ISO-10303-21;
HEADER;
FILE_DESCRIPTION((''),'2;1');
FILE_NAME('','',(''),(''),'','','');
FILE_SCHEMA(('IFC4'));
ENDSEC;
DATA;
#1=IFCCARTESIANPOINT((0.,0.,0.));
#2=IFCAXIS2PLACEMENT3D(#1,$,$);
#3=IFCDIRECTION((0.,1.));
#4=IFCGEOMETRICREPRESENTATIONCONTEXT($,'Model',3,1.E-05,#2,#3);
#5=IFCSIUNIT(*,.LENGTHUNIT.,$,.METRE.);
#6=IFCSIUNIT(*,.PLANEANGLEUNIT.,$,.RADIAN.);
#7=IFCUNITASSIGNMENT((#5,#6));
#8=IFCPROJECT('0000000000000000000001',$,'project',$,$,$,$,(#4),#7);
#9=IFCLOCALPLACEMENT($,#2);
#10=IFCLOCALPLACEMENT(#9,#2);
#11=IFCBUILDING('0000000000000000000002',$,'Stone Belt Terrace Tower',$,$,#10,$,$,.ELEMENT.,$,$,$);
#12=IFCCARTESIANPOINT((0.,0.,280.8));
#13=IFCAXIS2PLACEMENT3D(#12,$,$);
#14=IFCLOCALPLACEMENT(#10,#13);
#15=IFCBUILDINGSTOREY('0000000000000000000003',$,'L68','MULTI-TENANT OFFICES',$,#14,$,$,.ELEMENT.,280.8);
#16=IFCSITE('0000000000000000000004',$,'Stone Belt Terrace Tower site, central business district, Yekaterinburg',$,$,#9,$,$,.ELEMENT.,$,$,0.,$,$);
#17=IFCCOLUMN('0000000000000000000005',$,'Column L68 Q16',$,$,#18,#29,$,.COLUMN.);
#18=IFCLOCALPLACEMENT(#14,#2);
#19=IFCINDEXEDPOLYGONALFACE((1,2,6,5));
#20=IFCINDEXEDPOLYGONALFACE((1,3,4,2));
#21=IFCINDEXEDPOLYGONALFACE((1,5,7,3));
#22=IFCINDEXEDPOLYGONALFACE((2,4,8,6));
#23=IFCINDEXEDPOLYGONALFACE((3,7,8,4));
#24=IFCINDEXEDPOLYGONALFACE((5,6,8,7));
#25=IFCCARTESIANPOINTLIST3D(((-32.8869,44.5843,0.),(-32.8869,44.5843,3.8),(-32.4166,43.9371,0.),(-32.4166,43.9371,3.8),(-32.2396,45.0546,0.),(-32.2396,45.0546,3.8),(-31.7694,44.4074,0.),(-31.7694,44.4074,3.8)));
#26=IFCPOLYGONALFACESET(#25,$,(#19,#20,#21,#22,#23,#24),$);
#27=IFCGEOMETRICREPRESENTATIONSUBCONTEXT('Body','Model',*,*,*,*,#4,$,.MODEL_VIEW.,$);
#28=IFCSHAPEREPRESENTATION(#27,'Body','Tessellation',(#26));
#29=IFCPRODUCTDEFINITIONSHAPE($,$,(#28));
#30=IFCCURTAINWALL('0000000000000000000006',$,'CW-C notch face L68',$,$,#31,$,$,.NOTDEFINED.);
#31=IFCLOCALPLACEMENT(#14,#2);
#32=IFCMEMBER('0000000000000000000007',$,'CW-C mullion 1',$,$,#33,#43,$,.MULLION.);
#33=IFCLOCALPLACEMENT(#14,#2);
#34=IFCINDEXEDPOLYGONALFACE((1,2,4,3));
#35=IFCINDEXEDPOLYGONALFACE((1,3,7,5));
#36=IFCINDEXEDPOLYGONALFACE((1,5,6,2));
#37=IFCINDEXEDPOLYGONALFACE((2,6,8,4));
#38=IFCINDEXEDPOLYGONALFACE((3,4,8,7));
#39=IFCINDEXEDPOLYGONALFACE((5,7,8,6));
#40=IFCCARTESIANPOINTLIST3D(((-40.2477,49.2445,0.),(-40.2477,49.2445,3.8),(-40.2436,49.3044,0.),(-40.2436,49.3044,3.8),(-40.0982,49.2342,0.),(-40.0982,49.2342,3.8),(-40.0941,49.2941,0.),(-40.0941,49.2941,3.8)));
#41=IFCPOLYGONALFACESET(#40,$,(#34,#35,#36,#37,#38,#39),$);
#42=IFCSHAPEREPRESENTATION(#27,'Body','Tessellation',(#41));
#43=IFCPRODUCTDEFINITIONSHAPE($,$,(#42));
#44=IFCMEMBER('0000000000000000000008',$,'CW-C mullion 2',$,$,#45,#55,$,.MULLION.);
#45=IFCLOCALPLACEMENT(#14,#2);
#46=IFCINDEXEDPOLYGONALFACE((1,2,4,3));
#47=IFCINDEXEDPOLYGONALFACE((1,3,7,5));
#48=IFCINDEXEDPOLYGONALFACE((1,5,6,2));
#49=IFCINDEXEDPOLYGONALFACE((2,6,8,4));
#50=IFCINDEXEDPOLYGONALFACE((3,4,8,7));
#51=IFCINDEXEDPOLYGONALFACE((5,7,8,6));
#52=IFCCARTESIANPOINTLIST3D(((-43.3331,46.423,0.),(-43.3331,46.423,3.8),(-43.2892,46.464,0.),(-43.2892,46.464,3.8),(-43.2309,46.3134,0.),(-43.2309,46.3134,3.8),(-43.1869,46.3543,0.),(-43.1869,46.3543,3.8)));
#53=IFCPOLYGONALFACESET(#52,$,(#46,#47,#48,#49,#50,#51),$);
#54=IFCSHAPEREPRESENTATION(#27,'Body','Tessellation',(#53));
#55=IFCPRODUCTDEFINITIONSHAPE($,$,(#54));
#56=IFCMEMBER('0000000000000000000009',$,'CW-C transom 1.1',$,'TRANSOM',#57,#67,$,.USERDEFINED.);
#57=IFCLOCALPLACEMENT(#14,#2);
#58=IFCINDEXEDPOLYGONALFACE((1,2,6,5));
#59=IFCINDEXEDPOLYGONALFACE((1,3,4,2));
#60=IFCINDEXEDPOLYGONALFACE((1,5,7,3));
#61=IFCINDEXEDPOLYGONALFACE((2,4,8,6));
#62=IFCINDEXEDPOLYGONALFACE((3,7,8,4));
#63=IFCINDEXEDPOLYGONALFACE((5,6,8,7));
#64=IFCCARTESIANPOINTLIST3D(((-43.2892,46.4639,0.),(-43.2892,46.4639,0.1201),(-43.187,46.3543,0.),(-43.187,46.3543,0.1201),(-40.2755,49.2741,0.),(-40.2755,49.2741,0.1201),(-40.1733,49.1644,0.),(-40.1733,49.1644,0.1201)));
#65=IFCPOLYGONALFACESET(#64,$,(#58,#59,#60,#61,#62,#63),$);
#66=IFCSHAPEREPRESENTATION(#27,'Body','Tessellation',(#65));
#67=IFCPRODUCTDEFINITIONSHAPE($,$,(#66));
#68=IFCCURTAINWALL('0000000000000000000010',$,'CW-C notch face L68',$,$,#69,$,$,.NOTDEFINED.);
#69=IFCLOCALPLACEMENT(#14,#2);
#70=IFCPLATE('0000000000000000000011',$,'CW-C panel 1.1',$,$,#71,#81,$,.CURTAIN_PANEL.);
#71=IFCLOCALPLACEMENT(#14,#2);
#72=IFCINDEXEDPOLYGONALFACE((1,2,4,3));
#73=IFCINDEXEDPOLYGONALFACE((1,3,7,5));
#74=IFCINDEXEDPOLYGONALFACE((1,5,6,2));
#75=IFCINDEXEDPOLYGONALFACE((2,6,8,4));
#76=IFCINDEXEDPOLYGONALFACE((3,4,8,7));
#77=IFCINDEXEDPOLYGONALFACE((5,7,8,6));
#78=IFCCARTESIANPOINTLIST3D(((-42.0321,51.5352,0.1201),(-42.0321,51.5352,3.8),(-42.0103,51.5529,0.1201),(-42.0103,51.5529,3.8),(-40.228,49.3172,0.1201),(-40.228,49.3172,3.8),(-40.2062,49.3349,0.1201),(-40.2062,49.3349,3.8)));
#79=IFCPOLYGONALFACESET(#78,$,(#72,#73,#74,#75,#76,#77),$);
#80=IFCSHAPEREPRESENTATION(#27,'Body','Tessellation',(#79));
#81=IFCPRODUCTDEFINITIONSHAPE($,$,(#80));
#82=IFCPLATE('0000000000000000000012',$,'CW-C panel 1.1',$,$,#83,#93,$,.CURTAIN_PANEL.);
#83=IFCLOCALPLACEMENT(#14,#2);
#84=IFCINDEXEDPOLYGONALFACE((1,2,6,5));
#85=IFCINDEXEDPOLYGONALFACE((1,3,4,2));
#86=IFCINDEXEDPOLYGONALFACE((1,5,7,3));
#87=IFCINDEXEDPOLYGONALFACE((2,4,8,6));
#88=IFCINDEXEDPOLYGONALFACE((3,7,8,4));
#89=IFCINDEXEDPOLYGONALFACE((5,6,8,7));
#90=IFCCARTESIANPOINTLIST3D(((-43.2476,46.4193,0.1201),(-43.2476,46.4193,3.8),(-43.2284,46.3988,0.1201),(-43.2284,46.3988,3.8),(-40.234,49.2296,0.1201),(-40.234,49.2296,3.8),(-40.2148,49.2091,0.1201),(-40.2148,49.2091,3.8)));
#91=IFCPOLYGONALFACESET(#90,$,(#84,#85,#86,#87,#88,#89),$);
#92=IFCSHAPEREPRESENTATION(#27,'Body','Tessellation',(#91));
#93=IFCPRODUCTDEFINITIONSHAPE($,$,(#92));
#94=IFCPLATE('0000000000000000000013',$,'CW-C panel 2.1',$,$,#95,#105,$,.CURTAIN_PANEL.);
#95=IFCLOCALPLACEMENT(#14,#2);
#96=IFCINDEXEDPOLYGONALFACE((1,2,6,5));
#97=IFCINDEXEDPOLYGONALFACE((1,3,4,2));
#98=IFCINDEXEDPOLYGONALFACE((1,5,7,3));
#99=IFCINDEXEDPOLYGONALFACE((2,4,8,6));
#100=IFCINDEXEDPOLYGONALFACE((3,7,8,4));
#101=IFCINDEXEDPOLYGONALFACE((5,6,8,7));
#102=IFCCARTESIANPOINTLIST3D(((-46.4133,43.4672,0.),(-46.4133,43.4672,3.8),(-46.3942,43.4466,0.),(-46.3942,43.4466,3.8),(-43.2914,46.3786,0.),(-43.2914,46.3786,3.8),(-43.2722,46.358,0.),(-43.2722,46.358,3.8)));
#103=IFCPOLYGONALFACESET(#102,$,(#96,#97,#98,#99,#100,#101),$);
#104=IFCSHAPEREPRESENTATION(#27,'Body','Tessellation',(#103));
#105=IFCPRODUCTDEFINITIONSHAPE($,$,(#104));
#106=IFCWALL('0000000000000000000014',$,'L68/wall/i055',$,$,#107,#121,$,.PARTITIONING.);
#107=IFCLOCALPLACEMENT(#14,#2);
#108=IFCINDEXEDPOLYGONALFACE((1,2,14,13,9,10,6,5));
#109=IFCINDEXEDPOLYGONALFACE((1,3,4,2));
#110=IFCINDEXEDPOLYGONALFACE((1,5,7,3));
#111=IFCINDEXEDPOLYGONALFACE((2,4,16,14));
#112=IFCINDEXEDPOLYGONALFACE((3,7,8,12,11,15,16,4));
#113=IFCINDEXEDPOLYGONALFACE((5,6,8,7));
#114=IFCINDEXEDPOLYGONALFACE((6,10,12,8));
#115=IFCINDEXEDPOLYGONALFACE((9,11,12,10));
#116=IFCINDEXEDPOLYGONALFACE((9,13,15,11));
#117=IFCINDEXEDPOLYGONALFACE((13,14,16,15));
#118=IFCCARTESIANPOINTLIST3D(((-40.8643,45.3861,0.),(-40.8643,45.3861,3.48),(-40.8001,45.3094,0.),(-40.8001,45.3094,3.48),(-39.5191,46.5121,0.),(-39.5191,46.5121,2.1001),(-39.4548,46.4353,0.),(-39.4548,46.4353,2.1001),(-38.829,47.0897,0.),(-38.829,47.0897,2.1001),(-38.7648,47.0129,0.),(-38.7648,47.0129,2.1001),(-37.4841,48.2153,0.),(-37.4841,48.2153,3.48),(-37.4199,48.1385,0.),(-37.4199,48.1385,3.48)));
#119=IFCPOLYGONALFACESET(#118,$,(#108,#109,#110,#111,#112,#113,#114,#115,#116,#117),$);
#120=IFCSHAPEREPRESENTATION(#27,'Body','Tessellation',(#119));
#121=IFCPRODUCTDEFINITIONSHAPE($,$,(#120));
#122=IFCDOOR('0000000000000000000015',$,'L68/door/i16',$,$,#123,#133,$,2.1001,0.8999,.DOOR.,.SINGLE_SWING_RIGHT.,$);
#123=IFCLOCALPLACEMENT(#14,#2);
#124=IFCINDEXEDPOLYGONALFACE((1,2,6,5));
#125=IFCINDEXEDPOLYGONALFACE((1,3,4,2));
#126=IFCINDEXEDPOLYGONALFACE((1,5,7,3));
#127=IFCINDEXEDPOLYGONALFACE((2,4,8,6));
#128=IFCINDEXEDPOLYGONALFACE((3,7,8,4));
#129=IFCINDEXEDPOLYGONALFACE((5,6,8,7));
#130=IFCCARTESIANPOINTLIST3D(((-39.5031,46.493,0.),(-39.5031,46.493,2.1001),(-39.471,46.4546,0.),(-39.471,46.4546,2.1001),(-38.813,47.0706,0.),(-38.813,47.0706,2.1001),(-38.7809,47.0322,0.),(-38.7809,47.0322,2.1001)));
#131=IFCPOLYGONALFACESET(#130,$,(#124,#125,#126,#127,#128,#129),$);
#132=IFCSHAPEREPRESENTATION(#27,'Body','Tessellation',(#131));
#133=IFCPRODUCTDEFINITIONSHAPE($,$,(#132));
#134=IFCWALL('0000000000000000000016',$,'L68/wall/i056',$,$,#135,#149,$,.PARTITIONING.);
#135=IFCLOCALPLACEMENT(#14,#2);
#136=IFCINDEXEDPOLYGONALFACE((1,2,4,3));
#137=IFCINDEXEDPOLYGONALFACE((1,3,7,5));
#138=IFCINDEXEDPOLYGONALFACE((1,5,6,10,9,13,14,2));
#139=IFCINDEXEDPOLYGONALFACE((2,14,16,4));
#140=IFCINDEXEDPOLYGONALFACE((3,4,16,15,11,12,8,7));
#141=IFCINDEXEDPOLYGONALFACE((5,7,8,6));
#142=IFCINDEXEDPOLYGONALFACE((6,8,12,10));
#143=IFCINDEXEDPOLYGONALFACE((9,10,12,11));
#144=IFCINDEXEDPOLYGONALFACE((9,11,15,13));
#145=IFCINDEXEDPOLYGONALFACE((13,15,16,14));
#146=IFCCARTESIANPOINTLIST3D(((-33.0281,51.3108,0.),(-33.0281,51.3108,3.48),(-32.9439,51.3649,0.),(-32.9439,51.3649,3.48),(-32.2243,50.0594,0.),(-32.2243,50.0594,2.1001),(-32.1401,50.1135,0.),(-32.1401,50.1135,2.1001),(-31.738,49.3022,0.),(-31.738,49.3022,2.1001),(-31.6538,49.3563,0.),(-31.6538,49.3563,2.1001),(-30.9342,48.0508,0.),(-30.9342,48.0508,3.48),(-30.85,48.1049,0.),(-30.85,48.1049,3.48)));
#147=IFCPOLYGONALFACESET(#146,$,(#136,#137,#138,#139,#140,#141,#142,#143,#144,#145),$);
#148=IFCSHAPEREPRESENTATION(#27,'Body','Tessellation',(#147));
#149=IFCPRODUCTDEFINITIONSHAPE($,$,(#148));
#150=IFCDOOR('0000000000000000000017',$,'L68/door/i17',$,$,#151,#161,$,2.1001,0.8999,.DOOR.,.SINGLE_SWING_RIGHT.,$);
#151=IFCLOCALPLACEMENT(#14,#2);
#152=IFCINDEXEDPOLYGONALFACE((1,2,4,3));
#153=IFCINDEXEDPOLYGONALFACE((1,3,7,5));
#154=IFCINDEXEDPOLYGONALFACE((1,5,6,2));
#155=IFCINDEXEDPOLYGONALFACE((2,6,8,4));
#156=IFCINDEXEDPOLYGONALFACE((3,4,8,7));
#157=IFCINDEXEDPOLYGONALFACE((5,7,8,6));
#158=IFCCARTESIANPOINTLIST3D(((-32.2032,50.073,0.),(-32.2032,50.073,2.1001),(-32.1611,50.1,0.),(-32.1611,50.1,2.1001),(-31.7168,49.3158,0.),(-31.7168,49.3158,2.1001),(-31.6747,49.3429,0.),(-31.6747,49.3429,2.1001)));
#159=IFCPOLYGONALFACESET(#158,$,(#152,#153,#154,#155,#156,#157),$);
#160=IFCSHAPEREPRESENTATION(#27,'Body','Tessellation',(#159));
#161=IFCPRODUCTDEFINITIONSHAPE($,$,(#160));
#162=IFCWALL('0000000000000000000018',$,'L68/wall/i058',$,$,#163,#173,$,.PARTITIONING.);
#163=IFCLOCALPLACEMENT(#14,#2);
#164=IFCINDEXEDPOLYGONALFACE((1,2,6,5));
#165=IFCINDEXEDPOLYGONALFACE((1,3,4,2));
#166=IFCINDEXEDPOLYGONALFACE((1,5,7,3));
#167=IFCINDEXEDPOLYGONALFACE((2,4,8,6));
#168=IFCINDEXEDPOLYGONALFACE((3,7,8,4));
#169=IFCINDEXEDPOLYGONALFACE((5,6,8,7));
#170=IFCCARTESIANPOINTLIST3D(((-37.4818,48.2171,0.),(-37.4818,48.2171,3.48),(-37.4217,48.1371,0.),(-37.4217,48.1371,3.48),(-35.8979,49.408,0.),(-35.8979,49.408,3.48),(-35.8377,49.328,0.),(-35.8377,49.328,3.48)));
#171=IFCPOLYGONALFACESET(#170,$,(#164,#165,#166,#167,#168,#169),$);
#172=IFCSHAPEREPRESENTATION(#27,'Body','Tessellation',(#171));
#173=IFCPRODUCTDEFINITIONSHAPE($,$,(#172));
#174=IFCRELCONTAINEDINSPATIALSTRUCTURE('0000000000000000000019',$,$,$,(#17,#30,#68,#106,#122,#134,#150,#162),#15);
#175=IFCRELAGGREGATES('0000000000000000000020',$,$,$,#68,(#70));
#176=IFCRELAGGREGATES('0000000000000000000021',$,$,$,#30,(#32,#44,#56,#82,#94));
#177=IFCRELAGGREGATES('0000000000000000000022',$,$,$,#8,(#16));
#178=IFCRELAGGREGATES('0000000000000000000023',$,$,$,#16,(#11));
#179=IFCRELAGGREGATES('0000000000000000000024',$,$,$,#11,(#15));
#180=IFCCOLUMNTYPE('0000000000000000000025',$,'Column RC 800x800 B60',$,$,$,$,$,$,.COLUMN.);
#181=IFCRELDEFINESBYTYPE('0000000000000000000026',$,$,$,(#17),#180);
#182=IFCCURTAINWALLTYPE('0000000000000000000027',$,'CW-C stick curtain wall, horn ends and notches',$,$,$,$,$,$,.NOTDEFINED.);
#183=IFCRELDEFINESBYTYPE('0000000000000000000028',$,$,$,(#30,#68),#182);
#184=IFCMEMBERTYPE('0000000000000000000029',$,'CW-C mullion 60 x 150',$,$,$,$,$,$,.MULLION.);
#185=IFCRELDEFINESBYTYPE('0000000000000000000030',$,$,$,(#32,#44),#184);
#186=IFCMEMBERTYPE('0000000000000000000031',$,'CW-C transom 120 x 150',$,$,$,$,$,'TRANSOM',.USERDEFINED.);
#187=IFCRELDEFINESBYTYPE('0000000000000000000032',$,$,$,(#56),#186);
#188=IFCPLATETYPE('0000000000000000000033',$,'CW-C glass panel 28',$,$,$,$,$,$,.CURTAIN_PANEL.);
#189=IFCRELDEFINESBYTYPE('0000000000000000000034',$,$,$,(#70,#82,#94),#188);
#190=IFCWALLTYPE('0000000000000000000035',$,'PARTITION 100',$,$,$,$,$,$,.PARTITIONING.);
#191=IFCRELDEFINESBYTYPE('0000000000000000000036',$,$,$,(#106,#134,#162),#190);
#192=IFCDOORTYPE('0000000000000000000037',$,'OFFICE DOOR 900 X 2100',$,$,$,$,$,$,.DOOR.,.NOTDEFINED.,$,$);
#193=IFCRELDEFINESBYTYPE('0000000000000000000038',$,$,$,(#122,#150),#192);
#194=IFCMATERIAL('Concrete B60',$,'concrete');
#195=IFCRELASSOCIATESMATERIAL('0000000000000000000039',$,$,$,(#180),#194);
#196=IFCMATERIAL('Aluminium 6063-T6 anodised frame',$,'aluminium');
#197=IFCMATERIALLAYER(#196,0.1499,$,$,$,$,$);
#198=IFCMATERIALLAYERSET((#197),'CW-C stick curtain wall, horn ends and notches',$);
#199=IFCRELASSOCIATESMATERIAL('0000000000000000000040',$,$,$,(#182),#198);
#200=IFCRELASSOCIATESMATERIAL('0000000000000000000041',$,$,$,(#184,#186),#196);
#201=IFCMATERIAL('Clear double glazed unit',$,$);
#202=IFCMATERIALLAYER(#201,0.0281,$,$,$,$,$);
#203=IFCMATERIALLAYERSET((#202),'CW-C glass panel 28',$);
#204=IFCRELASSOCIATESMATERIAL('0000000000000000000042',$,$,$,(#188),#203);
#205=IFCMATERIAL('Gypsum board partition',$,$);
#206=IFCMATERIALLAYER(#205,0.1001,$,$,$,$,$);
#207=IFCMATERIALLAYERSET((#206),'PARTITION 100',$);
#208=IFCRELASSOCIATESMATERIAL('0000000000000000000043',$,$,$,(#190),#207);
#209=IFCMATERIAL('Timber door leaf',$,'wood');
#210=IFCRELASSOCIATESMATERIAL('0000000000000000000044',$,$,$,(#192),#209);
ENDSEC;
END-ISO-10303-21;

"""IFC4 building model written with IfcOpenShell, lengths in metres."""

from ifc_helpers import new_model, si_unit, direction, frame, frame_2d, origin, origin_2d, place, context, subcontext, project, spatial, rectangle, extrude, material, layer, layer_set, material_profile, profile_set, type_object, element, fill, aggregate, save


model = new_model("IFC4")

# Units and contexts
model_context = context("Model", 3, precision=1e-05, world=origin(), true_north=direction((0.0, 1.0)))
body_context = subcontext(model_context, "Body", "Model", "MODEL_VIEW")
ifc_project = project(units=[si_unit("LENGTHUNIT", "METRE"), si_unit("PLANEANGLEUNIT", "RADIAN")], contexts=[model_context])

# Site, building, storey
site_placement = place(None, origin())
site = spatial("IfcSite", under=ifc_project, at=site_placement, Name="Stone Belt Terrace Tower site, central business district, Yekaterinburg", CompositionType="ELEMENT", RefElevation=0.0)
building_placement = place(site_placement, origin())
building = spatial("IfcBuilding", under=site, at=building_placement, Name="Stone Belt Terrace Tower", CompositionType="ELEMENT")
storey_placement = place(building_placement, frame((0.0, 0.0, 280.8)))
storey = spatial("IfcBuildingStorey", under=building, at=storey_placement, Name="L68", Description="MULTI-TENANT OFFICES", CompositionType="ELEMENT", Elevation=280.8)

# Column
ifc_material_1 = material(Name="Concrete B60", Category="concrete")
ifc_material_profile_1 = material_profile(ifc_material_1, rectangle(XDim=0.8, YDim=0.8, at=origin_2d()), Name="RC 800x800")
ifc_profile_set_1 = profile_set([ifc_material_profile_1], Name="Concrete B60")
column_type = type_object("IfcColumnType", Name="Column RC 800x800 B60", PredefinedType="COLUMN", material=ifc_profile_set_1)
column_placement = place(storey_placement, frame((-32.3281, 44.4958, 0.0), z_axis=(0.0, 0.0, 1.0), x_axis=(0.809017, 0.587785, 0.0)))
element("IfcColumn", 1, at=column_placement, inside=storey, type_object=column_type, Name="Column L68 Q16", PredefinedType="COLUMN", context=body_context, shape_type="SweptSolid", body=[
    extrude(rectangle(XDim=0.8, YDim=0.8, at=origin_2d()), origin(), (0.0, 0.0, 1.0), 3.8),
])

# Curtain wall, members
ifc_material_2 = material(Name="Aluminium 6063-T6 anodised frame", Category="aluminium")
ifc_layer_1 = layer(ifc_material_2, 0.1499)
ifc_layer_set_1 = layer_set([ifc_layer_1], Name="CW-C stick curtain wall, horn ends and notches")
curtain_wall_type = type_object("IfcCurtainWallType", Name="CW-C stick curtain wall, horn ends and notches", PredefinedType="NOTDEFINED", material=ifc_layer_set_1)
curtain_wall_1_placement = place(storey_placement, origin())
curtain_wall_1 = element("IfcCurtainWall", 2, at=curtain_wall_1_placement, inside=storey, type_object=curtain_wall_type, Name="CW-C notch face L68", PredefinedType="NOTDEFINED")
ifc_material_profile_2 = material_profile(ifc_material_2, rectangle(XDim=0.1499, YDim=0.0601, at=origin_2d()), Name="Aluminium 6063-T6 60x150")
ifc_profile_set_2 = profile_set([ifc_material_profile_2], Name="Aluminium 6063-T6 anodised frame")
member_type_1 = type_object("IfcMemberType", Name="CW-C mullion 60 x 150", PredefinedType="MULLION", material=ifc_profile_set_2)
member_1_placement = place(storey_placement, frame((-40.1709, 49.2693, 0.0), z_axis=(0.0, 0.0, 1.0), x_axis=(0.99764, -0.068666, 0.0)))
member_1 = element("IfcMember", 3, at=member_1_placement, type_object=member_type_1, Name="CW-C mullion 1", PredefinedType="MULLION", context=body_context, shape_type="SweptSolid", body=[
    extrude(rectangle(XDim=0.1499, YDim=0.0601, at=origin_2d()), origin(), (0.0, 0.0, 1.0), 3.8),
])
member_2_placement = place(storey_placement, frame((-43.26, 46.3887, 0.0), z_axis=(0.0, 0.0, 1.0), x_axis=(0.682014, -0.731339, 0.0)))
member_2 = element("IfcMember", 4, at=member_2_placement, type_object=member_type_1, Name="CW-C mullion 2", PredefinedType="MULLION", context=body_context, shape_type="SweptSolid", body=[
    extrude(rectangle(XDim=0.1499, YDim=0.0601, at=origin_2d()), origin(), (0.0, 0.0, 1.0), 3.8),
])
ifc_material_profile_3 = material_profile(ifc_material_2, rectangle(XDim=0.1499, YDim=0.1201, at=origin_2d()), Name="Aluminium 6063-T6 150x120")
ifc_profile_set_3 = profile_set([ifc_material_profile_3], Name="Aluminium 6063-T6 anodised frame")
member_type_2 = type_object("IfcMemberType", Name="CW-C transom 120 x 150", ElementType="TRANSOM", PredefinedType="USERDEFINED", material=ifc_profile_set_3)
member_3_placement = place(storey_placement, frame((-40.2244, 49.2192, 0.0601), z_axis=(-0.731382, -0.681968, 0.0), x_axis=(0.681968, -0.731382, 0.0)))
member_3 = element("IfcMember", 5, at=member_3_placement, type_object=member_type_2, Name="CW-C transom 1.1", ObjectType="TRANSOM", PredefinedType="USERDEFINED", context=body_context, shape_type="SweptSolid", body=[
    extrude(rectangle(XDim=0.1499, YDim=0.1201, at=origin_2d()), origin(), (0.0, 0.0, 1.0), 4.1206),
])

# Curtain wall, plate
curtain_wall_2_placement = place(storey_placement, origin())
curtain_wall_2 = element("IfcCurtainWall", 6, at=curtain_wall_2_placement, inside=storey, type_object=curtain_wall_type, Name="CW-C notch face L68", PredefinedType="NOTDEFINED")
ifc_material_3 = material(Name="Clear double glazed unit")
ifc_layer_2 = layer(ifc_material_3, 0.0281)
ifc_layer_set_2 = layer_set([ifc_layer_2], Name="CW-C glass panel 28")
plate_type = type_object("IfcPlateType", Name="CW-C glass panel 28", PredefinedType="CURTAIN_PANEL", material=ifc_layer_set_2)
plate_1_placement = place(storey_placement, frame((-41.1191, 50.4351, 0.1201), z_axis=(0.0, 0.0, 1.0), x_axis=(0.631001, -0.775782, 0.0)))
plate_1 = element("IfcPlate", 7, at=plate_1_placement, type_object=plate_type, Name="CW-C panel 1.1", PredefinedType="CURTAIN_PANEL", context=body_context, shape_type="SweptSolid", body=[
    extrude(rectangle(XDim=2.8591, YDim=0.0281, at=origin_2d()), origin(), (0.0, 0.0, 1.0), 3.6799),
])
aggregate(curtain_wall_2, [plate_1])

# Plates
plate_2_placement = place(storey_placement, frame((-41.7312, 47.8142, 0.1201), z_axis=(0.0, 0.0, 1.0), x_axis=(-0.731339, -0.682014, 0.0)))
plate_2 = element("IfcPlate", 8, at=plate_2_placement, type_object=plate_type, Name="CW-C panel 1.1", PredefinedType="CURTAIN_PANEL", context=body_context, shape_type="SweptSolid", body=[
    extrude(rectangle(XDim=4.1206, YDim=0.0281, at=origin_2d()), origin(), (0.0, 0.0, 1.0), 3.6799),
])
plate_3_placement = place(storey_placement, frame((-44.8428, 44.9126, 0.0), z_axis=(0.0, 0.0, 1.0), x_axis=(-0.731339, -0.682014, 0.0)))
plate_3 = element("IfcPlate", 9, at=plate_3_placement, type_object=plate_type, Name="CW-C panel 2.1", PredefinedType="CURTAIN_PANEL", context=body_context, shape_type="SweptSolid", body=[
    extrude(rectangle(XDim=4.2688, YDim=0.0281, at=origin_2d()), origin(), (0.0, 0.0, 1.0), 3.8),
])
aggregate(curtain_wall_1, [member_1, member_2, member_3, plate_2, plate_3])

# Walls, openings, doors
ifc_material_4 = material(Name="Gypsum board partition")
ifc_layer_3 = layer(ifc_material_4, 0.1001)
ifc_layer_set_3 = layer_set([ifc_layer_3], Name="PARTITION 100")
wall_type_1 = type_object("IfcWallType", Name="PARTITION 100", PredefinedType="PARTITIONING", material=ifc_layer_set_3)
wall_1_placement = place(storey_placement, frame((-37.4519, 48.177, 0.0), z_axis=(0.0, 0.0, 1.0), x_axis=(-0.766844, -0.641834, 0.0)))
wall_1 = element("IfcWall", 10, at=wall_1_placement, inside=storey, type_object=wall_type_1, Name="L68/wall/i055", PredefinedType="PARTITIONING", context=body_context, shape_type="SweptSolid", body=[
    extrude(rectangle(XDim=4.408, YDim=0.1001, at=frame_2d((2.2041, 0.0))), origin(), (0.0, 0.0, 1.0), 3.48),
])
opening_1_placement = place(wall_1_placement, frame((1.7539, 0.0, 0.0)))
opening_1 = element("IfcOpeningElement", 11, at=opening_1_placement, cuts=wall_1, PredefinedType="OPENING", context=body_context, shape_type="SweptSolid", body=[
    extrude(rectangle(XDim=0.8999, YDim=2.1001, at=frame_2d((0.45, 1.05))), frame((0.0, 0.0601, 0.0), z_axis=(0.0, -1.0, 0.0), x_axis=(1.0, 0.0, 0.0)), (0.0, 0.0, 1.0), 0.1201),
])
ifc_material_5 = material(Name="Timber door leaf", Category="wood")
door_type_1 = type_object("IfcDoorType", Name="OFFICE DOOR 900 X 2100", OperationType="NOTDEFINED", PredefinedType="DOOR", material=ifc_material_5)
door_1_placement = place(opening_1_placement, origin())
door_1 = element("IfcDoor", 12, at=door_1_placement, inside=storey, type_object=door_type_1, Name="L68/door/i16", OperationType="SINGLE_SWING_RIGHT", OverallHeight=2.1001, OverallWidth=0.8999, PredefinedType="DOOR", context=body_context, shape_type="SweptSolid", body=[
    extrude(rectangle(XDim=0.8999, YDim=2.1001, at=frame_2d((0.45, 1.05))), frame((0.0, 0.0249, 0.0), z_axis=(0.0, -1.0, 0.0), x_axis=(1.0, 0.0, 0.0)), (0.0, 0.0, 1.0), 0.05),
])
fill(opening_1, door_1)
wall_2_placement = place(storey_placement, frame((-30.8921, 48.0779, 0.0), z_axis=(0.0, 0.0, 1.0), x_axis=(-0.540442, 0.841381, 0.0)))
wall_2 = element("IfcWall", 13, at=wall_2_placement, inside=storey, type_object=wall_type_1, Name="L68/wall/i056", PredefinedType="PARTITIONING", context=body_context, shape_type="SweptSolid", body=[
    extrude(rectangle(XDim=3.8745, YDim=0.1001, at=frame_2d((1.9373, 0.0))), origin(), (0.0, 0.0, 1.0), 3.48),
])
opening_2_placement = place(wall_2_placement, frame((1.4873, 0.0, 0.0)))
opening_2 = element("IfcOpeningElement", 14, at=opening_2_placement, cuts=wall_2, PredefinedType="OPENING", context=body_context, shape_type="SweptSolid", body=[
    extrude(rectangle(XDim=0.8999, YDim=2.1001, at=frame_2d((0.45, 1.05))), frame((0.0, 0.0601, 0.0), z_axis=(0.0, -1.0, 0.0), x_axis=(1.0, 0.0, 0.0)), (0.0, 0.0, 1.0), 0.1201),
])
door_2_placement = place(opening_2_placement, origin())
door_2 = element("IfcDoor", 15, at=door_2_placement, inside=storey, type_object=door_type_1, Name="L68/door/i17", OperationType="SINGLE_SWING_RIGHT", OverallHeight=2.1001, OverallWidth=0.8999, PredefinedType="DOOR", context=body_context, shape_type="SweptSolid", body=[
    extrude(rectangle(XDim=0.8999, YDim=2.1001, at=frame_2d((0.45, 1.05))), frame((0.0, 0.0249, 0.0), z_axis=(0.0, -1.0, 0.0), x_axis=(1.0, 0.0, 0.0)), (0.0, 0.0, 1.0), 0.05),
])
fill(opening_2, door_2)

# Wall
wall_3_placement = place(storey_placement, frame((-35.8679, 49.3679, 0.0), z_axis=(0.0, 0.0, 1.0), x_axis=(-0.79929, -0.600946, 0.0)))
element("IfcWall", 16, at=wall_3_placement, inside=storey, type_object=wall_type_1, Name="L68/wall/i058", PredefinedType="PARTITIONING", context=body_context, shape_type="SweptSolid", body=[
    extrude(rectangle(XDim=1.9817, YDim=0.1001, at=frame_2d((0.9907, 0.0))), origin(), (0.0, 0.0, 1.0), 3.48),
])

save(model, "model.ifc")
